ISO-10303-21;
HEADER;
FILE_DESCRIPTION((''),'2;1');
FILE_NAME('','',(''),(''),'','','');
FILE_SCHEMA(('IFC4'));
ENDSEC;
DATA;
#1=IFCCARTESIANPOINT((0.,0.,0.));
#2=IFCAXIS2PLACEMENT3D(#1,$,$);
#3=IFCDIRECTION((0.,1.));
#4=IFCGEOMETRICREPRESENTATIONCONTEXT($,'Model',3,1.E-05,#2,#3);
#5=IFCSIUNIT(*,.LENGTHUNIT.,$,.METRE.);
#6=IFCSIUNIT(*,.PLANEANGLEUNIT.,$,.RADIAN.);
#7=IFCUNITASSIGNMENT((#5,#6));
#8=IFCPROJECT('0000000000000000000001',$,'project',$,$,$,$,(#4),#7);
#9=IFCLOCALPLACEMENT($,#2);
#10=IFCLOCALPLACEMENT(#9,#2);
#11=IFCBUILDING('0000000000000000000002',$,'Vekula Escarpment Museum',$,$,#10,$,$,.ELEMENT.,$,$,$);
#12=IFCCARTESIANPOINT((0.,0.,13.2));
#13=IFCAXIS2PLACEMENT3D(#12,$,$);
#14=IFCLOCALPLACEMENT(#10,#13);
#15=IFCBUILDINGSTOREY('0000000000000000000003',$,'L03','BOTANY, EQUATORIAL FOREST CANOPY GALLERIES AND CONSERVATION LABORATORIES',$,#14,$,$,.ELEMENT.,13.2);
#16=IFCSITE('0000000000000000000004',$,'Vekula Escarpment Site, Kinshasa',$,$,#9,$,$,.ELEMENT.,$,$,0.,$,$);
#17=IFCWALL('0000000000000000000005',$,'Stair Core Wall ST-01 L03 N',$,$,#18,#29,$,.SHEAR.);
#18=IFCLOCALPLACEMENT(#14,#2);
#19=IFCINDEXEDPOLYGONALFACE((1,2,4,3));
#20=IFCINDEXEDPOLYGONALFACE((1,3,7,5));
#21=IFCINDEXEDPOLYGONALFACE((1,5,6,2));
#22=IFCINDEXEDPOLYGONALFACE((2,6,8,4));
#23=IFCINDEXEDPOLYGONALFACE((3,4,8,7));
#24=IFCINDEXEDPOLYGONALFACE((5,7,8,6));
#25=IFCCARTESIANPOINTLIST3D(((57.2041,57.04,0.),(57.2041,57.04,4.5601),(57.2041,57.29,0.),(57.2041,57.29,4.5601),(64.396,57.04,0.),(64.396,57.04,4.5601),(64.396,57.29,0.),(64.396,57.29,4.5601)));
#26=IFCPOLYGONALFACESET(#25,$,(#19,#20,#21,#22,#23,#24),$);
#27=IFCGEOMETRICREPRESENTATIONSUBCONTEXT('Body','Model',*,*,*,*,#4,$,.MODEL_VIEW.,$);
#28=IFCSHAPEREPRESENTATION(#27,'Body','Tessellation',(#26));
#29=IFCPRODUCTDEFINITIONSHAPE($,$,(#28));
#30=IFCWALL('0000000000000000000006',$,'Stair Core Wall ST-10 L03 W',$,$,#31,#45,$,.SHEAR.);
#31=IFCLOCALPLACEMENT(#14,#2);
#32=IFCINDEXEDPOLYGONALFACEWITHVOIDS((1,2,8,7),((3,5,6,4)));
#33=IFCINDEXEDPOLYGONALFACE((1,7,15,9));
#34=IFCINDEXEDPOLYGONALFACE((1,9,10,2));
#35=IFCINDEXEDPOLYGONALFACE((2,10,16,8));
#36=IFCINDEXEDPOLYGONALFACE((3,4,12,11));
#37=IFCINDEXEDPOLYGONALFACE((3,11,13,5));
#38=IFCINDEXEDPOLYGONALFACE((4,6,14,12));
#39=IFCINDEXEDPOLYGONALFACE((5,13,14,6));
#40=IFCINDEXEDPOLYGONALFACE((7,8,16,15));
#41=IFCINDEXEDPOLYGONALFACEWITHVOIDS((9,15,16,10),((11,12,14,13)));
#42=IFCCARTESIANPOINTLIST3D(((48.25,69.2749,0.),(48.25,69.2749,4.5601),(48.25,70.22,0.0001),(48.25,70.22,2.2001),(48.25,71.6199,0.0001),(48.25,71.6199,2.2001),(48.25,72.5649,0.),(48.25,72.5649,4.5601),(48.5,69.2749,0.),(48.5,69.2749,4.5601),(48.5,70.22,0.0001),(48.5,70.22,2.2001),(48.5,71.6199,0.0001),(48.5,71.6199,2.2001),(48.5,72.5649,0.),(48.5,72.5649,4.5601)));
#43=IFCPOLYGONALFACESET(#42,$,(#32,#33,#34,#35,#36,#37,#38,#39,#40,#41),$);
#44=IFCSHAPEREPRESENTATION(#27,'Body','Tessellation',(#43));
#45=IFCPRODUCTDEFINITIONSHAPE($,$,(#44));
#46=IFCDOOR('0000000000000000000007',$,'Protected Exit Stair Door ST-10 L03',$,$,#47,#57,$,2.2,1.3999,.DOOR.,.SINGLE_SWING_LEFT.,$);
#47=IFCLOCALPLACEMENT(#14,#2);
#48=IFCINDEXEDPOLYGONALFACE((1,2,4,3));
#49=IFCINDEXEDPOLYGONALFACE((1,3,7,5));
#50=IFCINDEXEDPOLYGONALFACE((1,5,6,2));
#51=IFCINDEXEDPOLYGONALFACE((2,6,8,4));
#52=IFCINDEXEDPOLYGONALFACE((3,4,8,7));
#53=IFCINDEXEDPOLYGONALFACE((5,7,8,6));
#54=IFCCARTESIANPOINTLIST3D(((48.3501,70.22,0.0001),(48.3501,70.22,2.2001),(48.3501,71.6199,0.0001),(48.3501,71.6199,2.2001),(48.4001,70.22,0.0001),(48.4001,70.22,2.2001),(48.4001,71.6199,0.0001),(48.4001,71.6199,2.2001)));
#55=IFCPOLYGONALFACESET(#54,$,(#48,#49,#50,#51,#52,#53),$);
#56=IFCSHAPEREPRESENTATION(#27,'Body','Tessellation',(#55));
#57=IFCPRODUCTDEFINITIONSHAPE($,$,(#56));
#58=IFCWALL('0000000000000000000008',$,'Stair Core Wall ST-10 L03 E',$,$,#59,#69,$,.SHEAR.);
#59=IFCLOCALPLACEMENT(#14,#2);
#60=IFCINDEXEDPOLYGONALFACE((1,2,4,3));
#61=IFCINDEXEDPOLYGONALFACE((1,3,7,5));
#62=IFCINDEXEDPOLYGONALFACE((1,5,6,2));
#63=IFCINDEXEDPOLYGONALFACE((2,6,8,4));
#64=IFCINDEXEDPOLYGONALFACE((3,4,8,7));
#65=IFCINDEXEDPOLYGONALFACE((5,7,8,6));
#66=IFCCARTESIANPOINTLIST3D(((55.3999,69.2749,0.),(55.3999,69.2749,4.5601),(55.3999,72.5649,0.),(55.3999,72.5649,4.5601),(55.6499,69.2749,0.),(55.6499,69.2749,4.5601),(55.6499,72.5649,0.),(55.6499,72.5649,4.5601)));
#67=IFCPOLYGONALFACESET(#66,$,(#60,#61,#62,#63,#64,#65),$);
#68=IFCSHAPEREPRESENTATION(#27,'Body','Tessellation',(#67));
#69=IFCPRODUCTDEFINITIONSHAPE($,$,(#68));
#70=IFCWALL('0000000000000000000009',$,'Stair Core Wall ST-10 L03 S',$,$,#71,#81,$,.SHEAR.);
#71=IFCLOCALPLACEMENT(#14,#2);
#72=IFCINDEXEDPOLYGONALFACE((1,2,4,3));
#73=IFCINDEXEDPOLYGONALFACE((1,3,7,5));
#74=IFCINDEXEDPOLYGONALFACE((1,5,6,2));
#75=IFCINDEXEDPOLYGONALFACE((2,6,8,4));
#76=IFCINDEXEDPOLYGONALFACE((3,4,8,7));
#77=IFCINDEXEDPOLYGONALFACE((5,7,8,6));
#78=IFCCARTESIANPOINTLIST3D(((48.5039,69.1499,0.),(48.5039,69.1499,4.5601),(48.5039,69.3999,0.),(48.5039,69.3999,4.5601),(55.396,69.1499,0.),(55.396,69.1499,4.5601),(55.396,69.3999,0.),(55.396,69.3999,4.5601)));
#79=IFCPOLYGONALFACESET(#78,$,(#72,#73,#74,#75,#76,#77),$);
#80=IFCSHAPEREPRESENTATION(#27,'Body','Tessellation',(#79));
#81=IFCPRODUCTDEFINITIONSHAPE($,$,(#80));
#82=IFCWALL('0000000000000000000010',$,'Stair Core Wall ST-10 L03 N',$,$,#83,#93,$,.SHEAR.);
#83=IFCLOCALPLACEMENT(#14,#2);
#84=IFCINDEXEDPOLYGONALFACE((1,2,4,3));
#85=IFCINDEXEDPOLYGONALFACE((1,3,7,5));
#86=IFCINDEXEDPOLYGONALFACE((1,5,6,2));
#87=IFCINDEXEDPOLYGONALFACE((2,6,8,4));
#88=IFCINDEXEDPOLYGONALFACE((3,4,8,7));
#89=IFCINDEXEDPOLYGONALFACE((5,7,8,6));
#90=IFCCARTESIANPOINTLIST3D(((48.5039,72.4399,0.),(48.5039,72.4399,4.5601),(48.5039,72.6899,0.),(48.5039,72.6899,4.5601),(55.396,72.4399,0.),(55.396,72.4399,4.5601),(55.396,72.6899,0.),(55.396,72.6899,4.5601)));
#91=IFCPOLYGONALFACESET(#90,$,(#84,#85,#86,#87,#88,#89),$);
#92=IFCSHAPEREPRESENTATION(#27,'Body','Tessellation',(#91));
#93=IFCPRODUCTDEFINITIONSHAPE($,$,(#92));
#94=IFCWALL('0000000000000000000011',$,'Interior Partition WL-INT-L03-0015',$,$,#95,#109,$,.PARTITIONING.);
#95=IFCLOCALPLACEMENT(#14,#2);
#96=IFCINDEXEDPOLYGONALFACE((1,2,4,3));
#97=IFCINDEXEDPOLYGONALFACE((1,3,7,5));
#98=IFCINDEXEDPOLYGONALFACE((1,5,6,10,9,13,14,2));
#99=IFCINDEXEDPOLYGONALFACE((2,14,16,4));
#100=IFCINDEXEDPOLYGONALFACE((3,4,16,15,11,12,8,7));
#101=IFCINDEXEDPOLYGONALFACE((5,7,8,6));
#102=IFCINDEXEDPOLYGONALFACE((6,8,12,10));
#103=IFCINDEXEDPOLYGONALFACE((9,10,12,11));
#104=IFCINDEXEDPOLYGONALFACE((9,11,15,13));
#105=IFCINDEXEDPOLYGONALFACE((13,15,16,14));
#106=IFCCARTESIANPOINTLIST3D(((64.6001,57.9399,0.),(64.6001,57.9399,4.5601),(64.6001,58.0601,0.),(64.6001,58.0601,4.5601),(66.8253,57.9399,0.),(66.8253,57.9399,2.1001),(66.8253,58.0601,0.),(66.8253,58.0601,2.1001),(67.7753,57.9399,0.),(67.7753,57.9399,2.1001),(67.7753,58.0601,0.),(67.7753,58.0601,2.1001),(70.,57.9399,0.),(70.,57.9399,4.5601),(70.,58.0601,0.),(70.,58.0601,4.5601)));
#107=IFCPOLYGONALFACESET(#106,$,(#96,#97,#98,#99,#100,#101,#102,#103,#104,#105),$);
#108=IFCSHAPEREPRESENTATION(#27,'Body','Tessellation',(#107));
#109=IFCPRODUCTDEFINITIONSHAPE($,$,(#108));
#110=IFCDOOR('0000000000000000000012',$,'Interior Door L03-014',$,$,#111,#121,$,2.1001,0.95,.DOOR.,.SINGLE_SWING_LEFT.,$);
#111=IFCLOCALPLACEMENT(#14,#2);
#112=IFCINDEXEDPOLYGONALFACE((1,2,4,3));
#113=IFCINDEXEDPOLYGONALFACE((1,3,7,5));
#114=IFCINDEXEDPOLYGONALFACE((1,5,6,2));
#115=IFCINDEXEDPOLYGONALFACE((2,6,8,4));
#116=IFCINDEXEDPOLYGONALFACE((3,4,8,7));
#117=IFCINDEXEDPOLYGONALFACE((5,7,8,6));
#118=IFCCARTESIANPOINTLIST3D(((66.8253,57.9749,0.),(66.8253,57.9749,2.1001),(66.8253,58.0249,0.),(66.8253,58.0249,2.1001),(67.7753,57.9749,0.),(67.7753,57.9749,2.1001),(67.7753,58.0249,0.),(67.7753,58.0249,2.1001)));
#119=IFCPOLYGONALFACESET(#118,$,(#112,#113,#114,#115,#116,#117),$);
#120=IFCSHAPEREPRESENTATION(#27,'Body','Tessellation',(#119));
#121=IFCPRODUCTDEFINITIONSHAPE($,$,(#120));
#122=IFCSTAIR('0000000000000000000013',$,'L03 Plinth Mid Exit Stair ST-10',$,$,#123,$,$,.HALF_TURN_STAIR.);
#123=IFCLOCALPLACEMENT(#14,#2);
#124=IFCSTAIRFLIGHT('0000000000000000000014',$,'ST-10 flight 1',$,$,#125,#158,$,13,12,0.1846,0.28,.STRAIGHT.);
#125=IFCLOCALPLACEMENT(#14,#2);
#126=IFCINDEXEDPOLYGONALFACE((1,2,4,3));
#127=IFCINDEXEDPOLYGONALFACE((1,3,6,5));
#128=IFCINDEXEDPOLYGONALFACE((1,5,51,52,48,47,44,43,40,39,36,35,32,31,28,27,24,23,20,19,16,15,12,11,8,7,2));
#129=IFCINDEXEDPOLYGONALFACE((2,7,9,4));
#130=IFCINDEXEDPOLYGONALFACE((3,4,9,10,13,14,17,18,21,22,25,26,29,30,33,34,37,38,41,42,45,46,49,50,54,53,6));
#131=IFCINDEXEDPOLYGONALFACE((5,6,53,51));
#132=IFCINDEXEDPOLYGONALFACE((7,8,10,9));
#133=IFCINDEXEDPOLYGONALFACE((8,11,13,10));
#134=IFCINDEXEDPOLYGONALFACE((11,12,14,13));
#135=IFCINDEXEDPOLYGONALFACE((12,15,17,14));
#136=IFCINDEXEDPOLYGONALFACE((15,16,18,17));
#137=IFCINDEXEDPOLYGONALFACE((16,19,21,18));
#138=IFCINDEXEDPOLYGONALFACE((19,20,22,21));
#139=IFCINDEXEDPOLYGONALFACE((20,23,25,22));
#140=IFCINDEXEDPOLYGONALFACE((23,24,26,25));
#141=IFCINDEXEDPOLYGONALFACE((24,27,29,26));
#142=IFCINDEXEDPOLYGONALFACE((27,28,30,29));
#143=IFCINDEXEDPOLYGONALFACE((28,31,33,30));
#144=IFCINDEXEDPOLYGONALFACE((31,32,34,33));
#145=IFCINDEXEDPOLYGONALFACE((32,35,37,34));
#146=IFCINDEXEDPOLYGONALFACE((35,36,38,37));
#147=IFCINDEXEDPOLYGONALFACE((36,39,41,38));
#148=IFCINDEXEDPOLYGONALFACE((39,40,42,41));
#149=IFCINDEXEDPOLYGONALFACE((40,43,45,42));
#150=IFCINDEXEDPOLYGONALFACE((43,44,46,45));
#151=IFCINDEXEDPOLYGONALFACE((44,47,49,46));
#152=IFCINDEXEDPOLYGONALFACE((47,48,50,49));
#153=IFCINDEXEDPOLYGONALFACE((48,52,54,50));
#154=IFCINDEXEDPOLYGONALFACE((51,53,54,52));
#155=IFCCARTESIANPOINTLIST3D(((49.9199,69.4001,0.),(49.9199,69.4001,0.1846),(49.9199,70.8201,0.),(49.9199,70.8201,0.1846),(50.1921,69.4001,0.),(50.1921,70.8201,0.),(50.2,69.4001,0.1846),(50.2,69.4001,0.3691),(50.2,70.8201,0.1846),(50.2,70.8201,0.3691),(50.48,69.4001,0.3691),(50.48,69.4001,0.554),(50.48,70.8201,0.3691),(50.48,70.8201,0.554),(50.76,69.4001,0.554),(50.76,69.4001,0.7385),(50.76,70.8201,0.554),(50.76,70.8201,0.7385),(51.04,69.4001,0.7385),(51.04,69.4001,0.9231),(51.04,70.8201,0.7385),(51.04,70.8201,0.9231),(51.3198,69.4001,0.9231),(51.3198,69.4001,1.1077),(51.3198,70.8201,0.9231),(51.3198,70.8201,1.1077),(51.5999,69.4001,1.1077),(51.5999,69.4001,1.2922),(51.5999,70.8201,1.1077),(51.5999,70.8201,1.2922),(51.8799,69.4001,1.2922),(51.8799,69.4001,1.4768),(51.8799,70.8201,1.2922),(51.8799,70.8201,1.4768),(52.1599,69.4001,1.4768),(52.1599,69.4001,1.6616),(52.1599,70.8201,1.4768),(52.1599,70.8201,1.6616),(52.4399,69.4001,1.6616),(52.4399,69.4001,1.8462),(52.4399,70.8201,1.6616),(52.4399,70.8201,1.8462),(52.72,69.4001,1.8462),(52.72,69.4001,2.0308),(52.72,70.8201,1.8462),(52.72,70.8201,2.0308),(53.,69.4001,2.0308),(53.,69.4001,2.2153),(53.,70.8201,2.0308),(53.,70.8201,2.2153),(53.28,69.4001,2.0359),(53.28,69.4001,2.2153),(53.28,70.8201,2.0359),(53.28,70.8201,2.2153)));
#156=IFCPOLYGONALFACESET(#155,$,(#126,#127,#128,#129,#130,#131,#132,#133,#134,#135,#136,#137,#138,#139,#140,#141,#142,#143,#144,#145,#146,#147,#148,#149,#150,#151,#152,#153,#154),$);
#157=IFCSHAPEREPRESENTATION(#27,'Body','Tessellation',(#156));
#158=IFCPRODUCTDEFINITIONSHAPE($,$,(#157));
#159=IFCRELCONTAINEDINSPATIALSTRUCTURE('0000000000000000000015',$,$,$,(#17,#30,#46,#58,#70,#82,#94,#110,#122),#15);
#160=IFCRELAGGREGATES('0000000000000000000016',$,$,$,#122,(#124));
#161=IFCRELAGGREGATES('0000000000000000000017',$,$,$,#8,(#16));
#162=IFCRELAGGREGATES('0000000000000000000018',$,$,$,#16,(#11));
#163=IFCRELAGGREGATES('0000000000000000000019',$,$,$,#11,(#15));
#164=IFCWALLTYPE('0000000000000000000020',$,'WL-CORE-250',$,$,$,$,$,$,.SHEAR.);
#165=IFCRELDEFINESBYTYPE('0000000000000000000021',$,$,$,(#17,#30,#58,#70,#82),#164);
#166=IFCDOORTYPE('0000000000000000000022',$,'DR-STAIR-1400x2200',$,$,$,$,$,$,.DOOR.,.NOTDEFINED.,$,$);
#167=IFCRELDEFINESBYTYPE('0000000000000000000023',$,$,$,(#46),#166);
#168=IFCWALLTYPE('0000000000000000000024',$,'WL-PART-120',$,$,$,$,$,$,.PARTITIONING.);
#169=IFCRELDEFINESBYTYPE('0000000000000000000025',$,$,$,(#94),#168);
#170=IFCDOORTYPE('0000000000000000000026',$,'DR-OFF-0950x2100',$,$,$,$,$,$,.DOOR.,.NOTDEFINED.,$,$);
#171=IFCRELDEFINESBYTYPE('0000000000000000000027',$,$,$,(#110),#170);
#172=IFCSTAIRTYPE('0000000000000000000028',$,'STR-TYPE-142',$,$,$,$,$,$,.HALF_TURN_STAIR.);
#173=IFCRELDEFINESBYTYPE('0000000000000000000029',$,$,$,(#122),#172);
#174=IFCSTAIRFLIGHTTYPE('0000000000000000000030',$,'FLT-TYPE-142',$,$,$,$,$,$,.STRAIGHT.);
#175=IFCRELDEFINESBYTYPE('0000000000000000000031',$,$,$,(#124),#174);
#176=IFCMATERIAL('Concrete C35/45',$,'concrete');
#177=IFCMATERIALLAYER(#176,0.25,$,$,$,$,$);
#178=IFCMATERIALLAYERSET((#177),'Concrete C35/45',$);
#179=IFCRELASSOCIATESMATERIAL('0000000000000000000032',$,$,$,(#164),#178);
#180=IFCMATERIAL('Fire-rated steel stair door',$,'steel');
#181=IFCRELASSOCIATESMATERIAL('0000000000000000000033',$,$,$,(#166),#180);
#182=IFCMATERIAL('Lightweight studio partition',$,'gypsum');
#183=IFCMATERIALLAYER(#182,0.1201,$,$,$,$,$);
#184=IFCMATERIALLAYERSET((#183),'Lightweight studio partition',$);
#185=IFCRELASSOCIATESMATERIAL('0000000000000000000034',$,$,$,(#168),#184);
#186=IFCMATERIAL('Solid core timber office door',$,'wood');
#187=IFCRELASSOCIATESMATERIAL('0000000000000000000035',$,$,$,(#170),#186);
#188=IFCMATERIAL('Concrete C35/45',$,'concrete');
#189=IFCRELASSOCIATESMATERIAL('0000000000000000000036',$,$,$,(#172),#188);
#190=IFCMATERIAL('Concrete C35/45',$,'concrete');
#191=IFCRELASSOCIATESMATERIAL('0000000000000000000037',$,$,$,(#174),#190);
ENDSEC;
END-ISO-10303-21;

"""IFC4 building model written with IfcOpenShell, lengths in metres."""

from ifc_helpers import new_model, si_unit, direction, frame, frame_2d, origin, place, context, subcontext, project, spatial, polyline, rectangle, outline, extrude, material, layer, layer_set, type_object, element, fill, aggregate, save


model = new_model("IFC4")

# Units and contexts
model_context = context("Model", 3, precision=1e-05, world=origin(), true_north=direction((0.0, 1.0)))
body_context = subcontext(model_context, "Body", "Model", "MODEL_VIEW")
ifc_project = project(units=[si_unit("LENGTHUNIT", "METRE"), si_unit("PLANEANGLEUNIT", "RADIAN")], contexts=[model_context])

# Site, building, storey
site_placement = place(None, origin())
site = spatial("IfcSite", under=ifc_project, at=site_placement, Name="Vekula Escarpment Site, Kinshasa", CompositionType="ELEMENT", RefElevation=0.0)
building_placement = place(site_placement, origin())
building = spatial("IfcBuilding", under=site, at=building_placement, Name="Vekula Escarpment Museum", CompositionType="ELEMENT")
storey_placement = place(building_placement, frame((0.0, 0.0, 13.2)))
storey = spatial("IfcBuildingStorey", under=building, at=storey_placement, Name="L03", Description="BOTANY, EQUATORIAL FOREST CANOPY GALLERIES AND CONSERVATION LABORATORIES", CompositionType="ELEMENT", Elevation=13.2)

# Wall
ifc_material_1 = material(Name="Concrete C35/45", Category="concrete")
ifc_layer_1 = layer(ifc_material_1, 0.25)
ifc_layer_set_1 = layer_set([ifc_layer_1], Name="Concrete C35/45")
wall_type_1 = type_object("IfcWallType", Name="WL-CORE-250", PredefinedType="SHEAR", material=ifc_layer_set_1)
wall_1_placement = place(storey_placement, frame((57.2041, 57.165, 0.0), z_axis=(0.0, 0.0, 1.0), x_axis=(1.0, 0.0, 0.0)))
element("IfcWall", 1, at=wall_1_placement, inside=storey, type_object=wall_type_1, Name="Stair Core Wall ST-01 L03 N", PredefinedType="SHEAR", context=body_context, shape_type="SweptSolid", body=[
    extrude(rectangle(XDim=7.1919, YDim=0.25, at=frame_2d((3.5959, 0.0))), origin(), (0.0, 0.0, 1.0), 4.5601),
])

# Wall, opening, door
wall_2_placement = place(storey_placement, frame((48.375, 69.2749, 0.0), z_axis=(0.0, 0.0, 1.0), x_axis=(0.0, 1.0, 0.0)))
wall_2 = element("IfcWall", 2, at=wall_2_placement, inside=storey, type_object=wall_type_1, Name="Stair Core Wall ST-10 L03 W", PredefinedType="SHEAR", context=body_context, shape_type="SweptSolid", body=[
    extrude(rectangle(XDim=3.29, YDim=0.25, at=frame_2d((1.645, 0.0))), origin(), (0.0, 0.0, 1.0), 4.5601),
])
opening_1_placement = place(wall_2_placement, frame((0.9451, 0.0, 0.0)))
opening_1 = element("IfcOpeningElement", 3, at=opening_1_placement, cuts=wall_2, PredefinedType="OPENING", context=body_context, shape_type="SweptSolid", body=[
    extrude(rectangle(XDim=1.3999, YDim=2.2, at=frame_2d((0.7, 1.1001))), frame((0.0, 0.135, 0.0), z_axis=(0.0, -1.0, 0.0), x_axis=(1.0, 0.0, 0.0)), (0.0, 0.0, 1.0), 0.27),
])
ifc_material_2 = material(Name="Fire-rated steel stair door", Category="steel")
door_type_1 = type_object("IfcDoorType", Name="DR-STAIR-1400x2200", OperationType="NOTDEFINED", PredefinedType="DOOR", material=ifc_material_2)
door_1_placement = place(opening_1_placement, origin())
door_1 = element("IfcDoor", 4, at=door_1_placement, inside=storey, type_object=door_type_1, Name="Protected Exit Stair Door ST-10 L03", OperationType="SINGLE_SWING_LEFT", OverallHeight=2.2, OverallWidth=1.3999, PredefinedType="DOOR", context=body_context, shape_type="SweptSolid", body=[
    extrude(rectangle(XDim=1.3999, YDim=2.2, at=frame_2d((0.7, 1.1001))), frame((0.0, 0.0249, 0.0), z_axis=(0.0, -1.0, 0.0), x_axis=(1.0, 0.0, 0.0)), (0.0, 0.0, 1.0), 0.05),
])
fill(opening_1, door_1)

# Walls
wall_3_placement = place(storey_placement, frame((55.5249, 69.2749, 0.0), z_axis=(0.0, 0.0, 1.0), x_axis=(0.0, 1.0, 0.0)))
element("IfcWall", 5, at=wall_3_placement, inside=storey, type_object=wall_type_1, Name="Stair Core Wall ST-10 L03 E", PredefinedType="SHEAR", context=body_context, shape_type="SweptSolid", body=[
    extrude(rectangle(XDim=3.29, YDim=0.25, at=frame_2d((1.645, 0.0))), origin(), (0.0, 0.0, 1.0), 4.5601),
])
for number, where, z_axis, x_axis, name in (
    (6, (48.5039, 69.2749, 0.0), (0.0, 0.0, 1.0), (1.0, 0.0, 0.0), "Stair Core Wall ST-10 L03 S"),
    (7, (48.5039, 72.5649, 0.0), (0.0, 0.0, 1.0), (1.0, 0.0, 0.0), "Stair Core Wall ST-10 L03 N"),
):
    element("IfcWall", number, at=place(storey_placement, frame(where, z_axis=z_axis, x_axis=x_axis)), inside=storey, type_object=wall_type_1, Name=name, PredefinedType="SHEAR", context=body_context, shape_type="SweptSolid", body=[
        extrude(rectangle(XDim=6.8921, YDim=0.25, at=frame_2d((3.446, 0.0))), origin(), (0.0, 0.0, 1.0), 4.5601),
    ])

# Wall, opening, door
ifc_material_3 = material(Name="Lightweight studio partition", Category="gypsum")
ifc_layer_2 = layer(ifc_material_3, 0.1201)
ifc_layer_set_2 = layer_set([ifc_layer_2], Name="Lightweight studio partition")
wall_type_2 = type_object("IfcWallType", Name="WL-PART-120", PredefinedType="PARTITIONING", material=ifc_layer_set_2)
wall_4_placement = place(storey_placement, frame((64.6001, 58.0, 0.0), z_axis=(0.0, 0.0, 1.0), x_axis=(1.0, 0.0, 0.0)))
wall_4 = element("IfcWall", 8, at=wall_4_placement, inside=storey, type_object=wall_type_2, Name="Interior Partition WL-INT-L03-0015", PredefinedType="PARTITIONING", context=body_context, shape_type="SweptSolid", body=[
    extrude(rectangle(XDim=5.3999, YDim=0.1201, at=frame_2d((2.7, 0.0))), origin(), (0.0, 0.0, 1.0), 4.5601),
])
opening_2_placement = place(wall_4_placement, frame((2.2251, 0.0, 0.0)))
opening_2 = element("IfcOpeningElement", 9, at=opening_2_placement, cuts=wall_4, PredefinedType="OPENING", context=body_context, shape_type="SweptSolid", body=[
    extrude(rectangle(XDim=0.95, YDim=2.1001, at=frame_2d((0.4751, 1.05))), frame((0.0, 0.0701, 0.0), z_axis=(0.0, -1.0, 0.0), x_axis=(1.0, 0.0, 0.0)), (0.0, 0.0, 1.0), 0.1401),
])
ifc_material_4 = material(Name="Solid core timber office door", Category="wood")
door_type_2 = type_object("IfcDoorType", Name="DR-OFF-0950x2100", OperationType="NOTDEFINED", PredefinedType="DOOR", material=ifc_material_4)
door_2_placement = place(opening_2_placement, origin())
door_2 = element("IfcDoor", 10, at=door_2_placement, inside=storey, type_object=door_type_2, Name="Interior Door L03-014", OperationType="SINGLE_SWING_LEFT", OverallHeight=2.1001, OverallWidth=0.95, PredefinedType="DOOR", context=body_context, shape_type="SweptSolid", body=[
    extrude(rectangle(XDim=0.95, YDim=2.1001, at=frame_2d((0.4751, 1.05))), frame((0.0, 0.0249, 0.0), z_axis=(0.0, -1.0, 0.0), x_axis=(1.0, 0.0, 0.0)), (0.0, 0.0, 1.0), 0.05),
])
fill(opening_2, door_2)

# Stair, stair flight
ifc_material_5 = material(Name="Concrete C35/45", Category="concrete")
stair_type = type_object("IfcStairType", Name="STR-TYPE-142", PredefinedType="HALF_TURN_STAIR", material=ifc_material_5)
stair_placement = place(storey_placement, origin())
stair = element("IfcStair", 11, at=stair_placement, inside=storey, type_object=stair_type, Name="L03 Plinth Mid Exit Stair ST-10", PredefinedType="HALF_TURN_STAIR")
ifc_material_6 = material(Name="Concrete C35/45", Category="concrete")
stair_flight_type = type_object("IfcStairFlightType", Name="FLT-TYPE-142", PredefinedType="STRAIGHT", material=ifc_material_6)
stair_flight_1_placement = place(storey_placement, frame((49.9199, 70.1101, 0.0), z_axis=(0.0, 0.0, 1.0), x_axis=(1.0, 0.0, 0.0)))
stair_flight_1 = element("IfcStairFlight", 12, at=stair_flight_1_placement, type_object=stair_flight_type, Name="ST-10 flight 1", NumberOfRisers=13, NumberOfTreads=12, PredefinedType="STRAIGHT", RiserHeight=0.1846, TreadLength=0.28, context=body_context, shape_type="SweptSolid", body=[
    extrude(outline(polyline([(0.0, 0.0), (0.0, 0.1846), (0.28, 0.1846), (0.28, 0.3691), (0.5601, 0.3691), (0.5601, 0.554), (0.8401, 0.554), (0.8401, 0.7385), (1.1201, 0.7385), (1.1201, 0.9231), (1.3999, 0.9231), (1.3999, 1.1077), (1.6799, 1.1077), (1.6799, 1.2922), (1.96, 1.2922), (1.96, 1.4768), (2.24, 1.4768), (2.24, 1.6616), (2.52, 1.6616), (2.52, 1.8462), (2.8, 1.8462), (2.8, 2.0308), (3.0801, 2.0308), (3.0801, 2.2153), (3.3601, 2.2153), (3.3601, 2.3999), (3.3601, 2.0359), (0.2722, 0.0), (0.0, 0.0)])), frame((0.0, 0.71, 0.0), z_axis=(0.0, -1.0, 0.0), x_axis=(1.0, 0.0, 0.0)), (0.0, 0.0, 1.0), 1.4199),
])
aggregate(stair, [stair_flight_1])

save(model, "model.ifc")
